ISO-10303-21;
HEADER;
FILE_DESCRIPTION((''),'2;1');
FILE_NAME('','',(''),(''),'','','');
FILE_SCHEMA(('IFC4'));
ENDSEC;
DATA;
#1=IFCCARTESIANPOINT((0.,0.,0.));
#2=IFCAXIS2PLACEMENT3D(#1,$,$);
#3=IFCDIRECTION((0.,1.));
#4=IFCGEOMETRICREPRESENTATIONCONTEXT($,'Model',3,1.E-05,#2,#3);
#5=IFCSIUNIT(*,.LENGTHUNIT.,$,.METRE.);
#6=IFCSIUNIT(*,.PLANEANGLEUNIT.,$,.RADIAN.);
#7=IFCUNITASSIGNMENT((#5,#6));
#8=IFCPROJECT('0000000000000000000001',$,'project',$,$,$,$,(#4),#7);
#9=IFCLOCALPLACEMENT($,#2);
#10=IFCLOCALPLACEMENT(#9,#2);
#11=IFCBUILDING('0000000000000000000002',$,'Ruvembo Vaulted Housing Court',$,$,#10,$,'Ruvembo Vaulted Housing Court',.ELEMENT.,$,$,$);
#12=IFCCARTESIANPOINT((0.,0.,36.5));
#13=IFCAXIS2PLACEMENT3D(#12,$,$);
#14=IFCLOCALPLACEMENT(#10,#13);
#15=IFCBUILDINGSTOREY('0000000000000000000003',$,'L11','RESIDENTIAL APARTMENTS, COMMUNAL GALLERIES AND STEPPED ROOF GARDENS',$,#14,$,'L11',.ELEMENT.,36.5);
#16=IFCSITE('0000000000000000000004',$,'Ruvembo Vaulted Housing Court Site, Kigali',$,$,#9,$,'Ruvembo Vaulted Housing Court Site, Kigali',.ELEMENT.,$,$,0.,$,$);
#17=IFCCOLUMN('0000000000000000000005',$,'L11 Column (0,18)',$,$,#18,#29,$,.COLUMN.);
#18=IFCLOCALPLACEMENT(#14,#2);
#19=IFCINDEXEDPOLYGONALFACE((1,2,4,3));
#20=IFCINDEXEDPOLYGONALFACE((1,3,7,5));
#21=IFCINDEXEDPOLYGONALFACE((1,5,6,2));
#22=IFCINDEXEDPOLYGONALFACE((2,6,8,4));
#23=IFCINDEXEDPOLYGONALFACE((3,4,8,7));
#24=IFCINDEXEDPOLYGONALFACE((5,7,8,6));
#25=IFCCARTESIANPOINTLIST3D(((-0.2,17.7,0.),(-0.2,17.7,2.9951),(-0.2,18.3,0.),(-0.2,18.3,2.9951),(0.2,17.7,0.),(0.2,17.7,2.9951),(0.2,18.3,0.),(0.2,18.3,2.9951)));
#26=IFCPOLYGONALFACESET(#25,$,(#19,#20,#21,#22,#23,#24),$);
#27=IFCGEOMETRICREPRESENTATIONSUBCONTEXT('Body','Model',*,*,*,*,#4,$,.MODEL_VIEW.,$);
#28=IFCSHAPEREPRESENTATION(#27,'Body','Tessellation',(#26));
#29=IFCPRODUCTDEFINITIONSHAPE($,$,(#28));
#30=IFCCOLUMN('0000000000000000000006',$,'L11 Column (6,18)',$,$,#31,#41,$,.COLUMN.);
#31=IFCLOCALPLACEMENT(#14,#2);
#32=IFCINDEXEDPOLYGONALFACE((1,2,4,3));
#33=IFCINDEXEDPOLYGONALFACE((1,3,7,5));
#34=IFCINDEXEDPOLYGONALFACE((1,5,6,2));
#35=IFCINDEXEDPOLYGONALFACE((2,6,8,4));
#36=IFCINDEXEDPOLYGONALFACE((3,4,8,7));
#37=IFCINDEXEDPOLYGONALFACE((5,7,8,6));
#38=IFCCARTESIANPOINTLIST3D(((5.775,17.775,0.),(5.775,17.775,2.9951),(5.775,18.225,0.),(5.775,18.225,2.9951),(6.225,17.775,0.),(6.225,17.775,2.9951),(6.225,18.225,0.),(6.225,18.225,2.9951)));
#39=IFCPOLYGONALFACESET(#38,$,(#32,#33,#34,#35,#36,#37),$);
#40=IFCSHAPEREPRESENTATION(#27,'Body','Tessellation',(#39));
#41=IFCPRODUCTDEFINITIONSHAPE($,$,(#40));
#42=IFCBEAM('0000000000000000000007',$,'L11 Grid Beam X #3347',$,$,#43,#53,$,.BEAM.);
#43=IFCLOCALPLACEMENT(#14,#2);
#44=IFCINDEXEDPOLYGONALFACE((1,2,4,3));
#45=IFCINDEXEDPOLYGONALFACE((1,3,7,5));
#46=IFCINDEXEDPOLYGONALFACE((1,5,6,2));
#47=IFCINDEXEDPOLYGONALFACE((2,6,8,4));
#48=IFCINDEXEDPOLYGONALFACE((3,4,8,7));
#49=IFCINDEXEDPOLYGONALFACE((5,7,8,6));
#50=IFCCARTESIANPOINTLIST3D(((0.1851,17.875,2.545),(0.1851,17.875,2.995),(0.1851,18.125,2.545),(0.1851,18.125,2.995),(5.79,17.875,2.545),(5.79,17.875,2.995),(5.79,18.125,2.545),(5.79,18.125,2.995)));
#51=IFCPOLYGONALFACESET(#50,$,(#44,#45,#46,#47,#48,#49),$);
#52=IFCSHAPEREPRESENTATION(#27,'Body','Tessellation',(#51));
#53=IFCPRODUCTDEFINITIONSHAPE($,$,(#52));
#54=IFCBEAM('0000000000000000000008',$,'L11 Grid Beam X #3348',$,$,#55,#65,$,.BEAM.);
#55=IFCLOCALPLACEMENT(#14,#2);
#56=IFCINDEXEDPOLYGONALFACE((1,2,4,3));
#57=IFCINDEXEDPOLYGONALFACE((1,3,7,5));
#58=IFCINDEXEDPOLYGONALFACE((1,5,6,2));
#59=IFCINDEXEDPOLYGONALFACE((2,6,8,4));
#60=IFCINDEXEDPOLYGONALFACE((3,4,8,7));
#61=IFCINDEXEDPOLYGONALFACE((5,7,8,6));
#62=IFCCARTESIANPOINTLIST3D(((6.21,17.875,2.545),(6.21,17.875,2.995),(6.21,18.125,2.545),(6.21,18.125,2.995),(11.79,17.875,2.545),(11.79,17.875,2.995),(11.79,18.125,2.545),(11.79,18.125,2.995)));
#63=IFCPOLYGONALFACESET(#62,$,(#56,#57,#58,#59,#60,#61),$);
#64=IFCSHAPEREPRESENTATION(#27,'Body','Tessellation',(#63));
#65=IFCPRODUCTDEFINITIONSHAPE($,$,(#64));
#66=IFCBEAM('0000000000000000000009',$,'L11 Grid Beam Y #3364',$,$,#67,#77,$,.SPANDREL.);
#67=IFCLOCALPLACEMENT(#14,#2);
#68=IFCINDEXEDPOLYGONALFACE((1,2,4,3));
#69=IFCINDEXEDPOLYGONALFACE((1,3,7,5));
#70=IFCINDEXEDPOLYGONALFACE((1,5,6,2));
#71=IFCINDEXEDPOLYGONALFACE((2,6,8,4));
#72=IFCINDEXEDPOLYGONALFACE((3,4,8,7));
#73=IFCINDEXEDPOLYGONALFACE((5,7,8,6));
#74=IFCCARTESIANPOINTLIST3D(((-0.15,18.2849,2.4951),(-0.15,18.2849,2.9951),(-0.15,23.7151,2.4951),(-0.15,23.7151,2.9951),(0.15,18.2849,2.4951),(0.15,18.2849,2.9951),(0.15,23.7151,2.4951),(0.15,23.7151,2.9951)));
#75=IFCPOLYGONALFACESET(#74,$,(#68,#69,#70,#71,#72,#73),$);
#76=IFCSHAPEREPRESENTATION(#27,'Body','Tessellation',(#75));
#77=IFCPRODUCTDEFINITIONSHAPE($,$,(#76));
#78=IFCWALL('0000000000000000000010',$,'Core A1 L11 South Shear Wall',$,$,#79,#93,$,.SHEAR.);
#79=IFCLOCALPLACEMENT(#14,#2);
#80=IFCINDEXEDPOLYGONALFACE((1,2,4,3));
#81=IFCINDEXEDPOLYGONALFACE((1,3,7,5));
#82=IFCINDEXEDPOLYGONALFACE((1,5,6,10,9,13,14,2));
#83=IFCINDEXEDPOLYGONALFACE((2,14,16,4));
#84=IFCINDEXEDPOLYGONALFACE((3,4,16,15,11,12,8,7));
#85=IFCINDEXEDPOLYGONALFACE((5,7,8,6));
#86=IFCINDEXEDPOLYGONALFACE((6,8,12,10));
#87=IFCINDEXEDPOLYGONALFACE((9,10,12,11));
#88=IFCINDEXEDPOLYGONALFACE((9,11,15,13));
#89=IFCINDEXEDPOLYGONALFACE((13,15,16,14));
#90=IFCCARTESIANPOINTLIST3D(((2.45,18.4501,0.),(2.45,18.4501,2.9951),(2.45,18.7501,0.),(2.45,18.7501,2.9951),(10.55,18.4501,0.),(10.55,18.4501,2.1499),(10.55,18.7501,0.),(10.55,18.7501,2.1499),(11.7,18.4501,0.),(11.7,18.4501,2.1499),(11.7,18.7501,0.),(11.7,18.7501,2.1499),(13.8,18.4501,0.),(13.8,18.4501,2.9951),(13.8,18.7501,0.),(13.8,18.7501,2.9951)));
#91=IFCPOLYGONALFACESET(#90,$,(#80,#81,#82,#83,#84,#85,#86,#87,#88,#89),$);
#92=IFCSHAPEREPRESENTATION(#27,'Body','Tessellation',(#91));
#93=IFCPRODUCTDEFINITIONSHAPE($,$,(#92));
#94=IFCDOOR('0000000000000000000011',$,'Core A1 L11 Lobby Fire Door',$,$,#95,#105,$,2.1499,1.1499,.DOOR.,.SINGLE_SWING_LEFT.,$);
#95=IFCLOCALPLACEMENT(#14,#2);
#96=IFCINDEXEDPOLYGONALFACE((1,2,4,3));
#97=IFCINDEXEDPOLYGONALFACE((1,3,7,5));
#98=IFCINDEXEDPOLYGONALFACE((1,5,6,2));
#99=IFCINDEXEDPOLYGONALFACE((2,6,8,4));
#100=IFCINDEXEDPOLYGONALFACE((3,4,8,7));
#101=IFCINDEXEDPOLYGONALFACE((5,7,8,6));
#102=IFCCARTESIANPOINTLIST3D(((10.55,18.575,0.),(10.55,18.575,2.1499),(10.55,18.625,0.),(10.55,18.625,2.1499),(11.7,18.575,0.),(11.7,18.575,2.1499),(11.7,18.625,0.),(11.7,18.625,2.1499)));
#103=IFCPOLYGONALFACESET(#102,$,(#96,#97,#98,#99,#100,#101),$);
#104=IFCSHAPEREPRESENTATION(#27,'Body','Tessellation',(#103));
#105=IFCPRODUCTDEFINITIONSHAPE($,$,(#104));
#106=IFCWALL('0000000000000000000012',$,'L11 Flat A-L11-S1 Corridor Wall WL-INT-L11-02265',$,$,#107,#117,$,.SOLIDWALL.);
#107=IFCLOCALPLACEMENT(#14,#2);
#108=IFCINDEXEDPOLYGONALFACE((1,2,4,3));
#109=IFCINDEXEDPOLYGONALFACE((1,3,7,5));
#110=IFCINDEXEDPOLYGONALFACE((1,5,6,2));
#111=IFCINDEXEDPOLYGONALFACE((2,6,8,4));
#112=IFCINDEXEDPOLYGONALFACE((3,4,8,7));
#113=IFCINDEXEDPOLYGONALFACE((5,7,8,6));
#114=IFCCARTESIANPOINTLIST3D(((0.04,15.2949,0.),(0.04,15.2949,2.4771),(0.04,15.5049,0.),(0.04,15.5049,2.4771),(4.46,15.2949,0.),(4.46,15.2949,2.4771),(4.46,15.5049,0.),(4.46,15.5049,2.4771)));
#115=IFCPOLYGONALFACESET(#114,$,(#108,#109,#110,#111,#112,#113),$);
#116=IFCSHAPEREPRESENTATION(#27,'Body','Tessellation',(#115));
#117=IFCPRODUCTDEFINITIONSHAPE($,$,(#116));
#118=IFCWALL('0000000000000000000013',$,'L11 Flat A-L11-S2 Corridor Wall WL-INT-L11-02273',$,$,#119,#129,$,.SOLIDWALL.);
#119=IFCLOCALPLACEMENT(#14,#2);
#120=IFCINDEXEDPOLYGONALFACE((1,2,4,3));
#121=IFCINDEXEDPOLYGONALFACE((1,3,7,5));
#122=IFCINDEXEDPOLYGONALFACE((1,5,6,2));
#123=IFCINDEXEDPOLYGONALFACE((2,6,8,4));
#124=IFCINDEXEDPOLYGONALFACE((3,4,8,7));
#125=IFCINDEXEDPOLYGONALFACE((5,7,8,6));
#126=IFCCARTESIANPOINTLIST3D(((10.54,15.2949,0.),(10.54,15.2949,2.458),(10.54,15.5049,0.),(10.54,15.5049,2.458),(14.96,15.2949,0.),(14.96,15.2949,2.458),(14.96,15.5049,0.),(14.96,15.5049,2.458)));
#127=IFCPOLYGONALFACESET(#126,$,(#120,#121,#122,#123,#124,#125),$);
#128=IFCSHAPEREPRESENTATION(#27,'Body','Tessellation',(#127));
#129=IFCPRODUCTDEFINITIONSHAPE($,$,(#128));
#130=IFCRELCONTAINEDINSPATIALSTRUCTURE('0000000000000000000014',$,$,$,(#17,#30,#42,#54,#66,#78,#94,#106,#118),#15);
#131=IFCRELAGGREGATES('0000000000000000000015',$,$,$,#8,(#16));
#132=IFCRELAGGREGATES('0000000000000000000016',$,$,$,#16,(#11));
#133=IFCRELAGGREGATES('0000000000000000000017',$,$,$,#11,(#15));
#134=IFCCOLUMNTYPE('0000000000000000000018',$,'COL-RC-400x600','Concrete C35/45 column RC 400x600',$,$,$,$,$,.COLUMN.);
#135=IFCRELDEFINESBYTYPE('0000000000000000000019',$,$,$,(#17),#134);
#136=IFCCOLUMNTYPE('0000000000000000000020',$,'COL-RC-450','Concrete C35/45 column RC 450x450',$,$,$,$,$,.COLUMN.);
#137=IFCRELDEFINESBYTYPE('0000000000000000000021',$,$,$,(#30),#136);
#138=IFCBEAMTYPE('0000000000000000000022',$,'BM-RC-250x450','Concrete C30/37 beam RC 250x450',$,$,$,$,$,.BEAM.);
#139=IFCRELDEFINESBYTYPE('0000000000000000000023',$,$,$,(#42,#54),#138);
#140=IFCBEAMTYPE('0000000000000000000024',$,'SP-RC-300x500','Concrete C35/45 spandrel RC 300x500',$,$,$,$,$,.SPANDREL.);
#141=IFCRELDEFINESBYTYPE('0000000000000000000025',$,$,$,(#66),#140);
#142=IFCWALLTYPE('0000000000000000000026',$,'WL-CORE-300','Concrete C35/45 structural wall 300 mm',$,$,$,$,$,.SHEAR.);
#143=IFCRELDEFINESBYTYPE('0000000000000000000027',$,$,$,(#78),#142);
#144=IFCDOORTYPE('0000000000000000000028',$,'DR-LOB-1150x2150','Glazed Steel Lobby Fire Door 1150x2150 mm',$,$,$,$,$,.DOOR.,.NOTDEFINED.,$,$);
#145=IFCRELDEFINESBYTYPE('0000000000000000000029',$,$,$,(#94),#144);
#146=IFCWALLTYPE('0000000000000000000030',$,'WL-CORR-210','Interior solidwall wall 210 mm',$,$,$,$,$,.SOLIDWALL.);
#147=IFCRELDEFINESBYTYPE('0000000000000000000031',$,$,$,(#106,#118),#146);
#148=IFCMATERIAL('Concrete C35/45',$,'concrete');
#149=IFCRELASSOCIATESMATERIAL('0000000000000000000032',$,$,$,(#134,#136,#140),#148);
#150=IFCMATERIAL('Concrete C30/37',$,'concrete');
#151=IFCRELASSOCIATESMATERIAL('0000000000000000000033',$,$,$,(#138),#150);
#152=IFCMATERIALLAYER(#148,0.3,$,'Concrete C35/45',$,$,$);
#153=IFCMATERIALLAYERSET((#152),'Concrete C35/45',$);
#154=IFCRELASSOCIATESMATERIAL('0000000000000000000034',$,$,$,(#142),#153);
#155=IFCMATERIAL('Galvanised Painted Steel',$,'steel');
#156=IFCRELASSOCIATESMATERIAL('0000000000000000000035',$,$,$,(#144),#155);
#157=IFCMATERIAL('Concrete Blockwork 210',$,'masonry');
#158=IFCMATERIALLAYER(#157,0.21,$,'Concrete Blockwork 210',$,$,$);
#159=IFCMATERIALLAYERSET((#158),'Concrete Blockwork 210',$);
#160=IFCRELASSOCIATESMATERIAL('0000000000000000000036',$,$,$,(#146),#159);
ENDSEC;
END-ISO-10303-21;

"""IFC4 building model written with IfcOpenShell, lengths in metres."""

from ifc_helpers import new_model, si_unit, direction, frame, frame_2d, origin, origin_2d, place, context, subcontext, project, spatial, rectangle, extrude, material, layer, layer_set, material_profile, profile_set, type_object, element, fill, save


model = new_model("IFC4")

# Units and contexts
model_context = context("Model", 3, precision=1e-05, world=origin(), true_north=direction((0.0, 1.0)))
body_context = subcontext(model_context, "Body", "Model", "MODEL_VIEW")
ifc_project = project(units=[si_unit("LENGTHUNIT", "METRE"), si_unit("PLANEANGLEUNIT", "RADIAN")], contexts=[model_context])

# Site, building, storey
site_placement = place(None, origin())
site = spatial("IfcSite", under=ifc_project, at=site_placement, Name="Ruvembo Vaulted Housing Court Site, Kigali", LongName="Ruvembo Vaulted Housing Court Site, Kigali", CompositionType="ELEMENT", RefElevation=0.0)
building_placement = place(site_placement, origin())
building = spatial("IfcBuilding", under=site, at=building_placement, Name="Ruvembo Vaulted Housing Court", LongName="Ruvembo Vaulted Housing Court", CompositionType="ELEMENT")
storey_placement = place(building_placement, frame((0.0, 0.0, 36.5)))
storey = spatial("IfcBuildingStorey", under=building, at=storey_placement, Name="L11", Description="RESIDENTIAL APARTMENTS, COMMUNAL GALLERIES AND STEPPED ROOF GARDENS", LongName="L11", CompositionType="ELEMENT", Elevation=36.5)

# Columns
ifc_material_1 = material(Name="Concrete C35/45", Category="concrete")
ifc_material_profile_1 = material_profile(ifc_material_1, rectangle(XDim=0.3999, YDim=0.6001, at=origin_2d()), Name="RC 400x600")
ifc_profile_set_1 = profile_set([ifc_material_profile_1], Name="Concrete C35/45")
column_type_1 = type_object("IfcColumnType", Name="COL-RC-400x600", Description="Concrete C35/45 column RC 400x600", PredefinedType="COLUMN", material=ifc_profile_set_1)
column_1_placement = place(storey_placement, frame((0.0, 18.0, 0.0), z_axis=(0.0, 0.0, 1.0), x_axis=(1.0, 0.0, 0.0)))
element("IfcColumn", 1, at=column_1_placement, inside=storey, type_object=column_type_1, Name="L11 Column (0,18)", PredefinedType="COLUMN", context=body_context, shape_type="SweptSolid", body=[
    extrude(rectangle(XDim=0.3999, YDim=0.6001, at=origin_2d()), origin(), (0.0, 0.0, 1.0), 2.9951),
])
ifc_material_profile_2 = material_profile(ifc_material_1, rectangle(XDim=0.45, YDim=0.45, at=origin_2d()), Name="RC 450x450")
ifc_profile_set_2 = profile_set([ifc_material_profile_2], Name="Concrete C35/45")
column_type_2 = type_object("IfcColumnType", Name="COL-RC-450", Description="Concrete C35/45 column RC 450x450", PredefinedType="COLUMN", material=ifc_profile_set_2)
column_2_placement = place(storey_placement, frame((6.0, 18.0, 0.0), z_axis=(0.0, 0.0, 1.0), x_axis=(1.0, 0.0, 0.0)))
element("IfcColumn", 2, at=column_2_placement, inside=storey, type_object=column_type_2, Name="L11 Column (6,18)", PredefinedType="COLUMN", context=body_context, shape_type="SweptSolid", body=[
    extrude(rectangle(XDim=0.45, YDim=0.45, at=origin_2d()), origin(), (0.0, 0.0, 1.0), 2.9951),
])

# Beams
ifc_material_2 = material(Name="Concrete C30/37", Category="concrete")
ifc_material_profile_3 = material_profile(ifc_material_2, rectangle(XDim=0.25, YDim=0.45, at=origin_2d()), Name="RC 250x450")
ifc_profile_set_3 = profile_set([ifc_material_profile_3], Name="Concrete C30/37")
beam_type_1 = type_object("IfcBeamType", Name="BM-RC-250x450", Description="Concrete C30/37 beam RC 250x450", PredefinedType="BEAM", material=ifc_profile_set_3)
beam_1_placement = place(storey_placement, frame((0.1851, 18.0, 2.77), z_axis=(1.0, 0.0, 0.0), x_axis=(0.0, 1.0, 0.0)))
element("IfcBeam", 3, at=beam_1_placement, inside=storey, type_object=beam_type_1, Name="L11 Grid Beam X #3347", PredefinedType="BEAM", context=body_context, shape_type="SweptSolid", body=[
    extrude(rectangle(XDim=0.25, YDim=0.45, at=origin_2d()), origin(), (0.0, 0.0, 1.0), 5.605),
])
beam_2_placement = place(storey_placement, frame((6.21, 18.0, 2.77), z_axis=(1.0, 0.0, 0.0), x_axis=(0.0, 1.0, 0.0)))
element("IfcBeam", 4, at=beam_2_placement, inside=storey, type_object=beam_type_1, Name="L11 Grid Beam X #3348", PredefinedType="BEAM", context=body_context, shape_type="SweptSolid", body=[
    extrude(rectangle(XDim=0.25, YDim=0.45, at=origin_2d()), origin(), (0.0, 0.0, 1.0), 5.5801),
])
ifc_material_profile_4 = material_profile(ifc_material_1, rectangle(XDim=0.3, YDim=0.5, at=origin_2d()), Name="RC 300x500")
ifc_profile_set_4 = profile_set([ifc_material_profile_4], Name="Concrete C35/45")
beam_type_2 = type_object("IfcBeamType", Name="SP-RC-300x500", Description="Concrete C35/45 spandrel RC 300x500", PredefinedType="SPANDREL", material=ifc_profile_set_4)
beam_3_placement = place(storey_placement, frame((0.0, 18.2849, 2.7451), z_axis=(0.0, 1.0, 0.0), x_axis=(-1.0, 0.0, 0.0)))
element("IfcBeam", 5, at=beam_3_placement, inside=storey, type_object=beam_type_2, Name="L11 Grid Beam Y #3364", PredefinedType="SPANDREL", context=body_context, shape_type="SweptSolid", body=[
    extrude(rectangle(XDim=0.3, YDim=0.5, at=origin_2d()), origin(), (0.0, 0.0, 1.0), 5.4302),
])

# Wall, opening, door
ifc_layer_1 = layer(ifc_material_1, 0.3, Name="Concrete C35/45")
ifc_layer_set_1 = layer_set([ifc_layer_1], Name="Concrete C35/45")
wall_type_1 = type_object("IfcWallType", Name="WL-CORE-300", Description="Concrete C35/45 structural wall 300 mm", PredefinedType="SHEAR", material=ifc_layer_set_1)
wall_1_placement = place(storey_placement, frame((2.45, 18.6001, 0.0), z_axis=(0.0, 0.0, 1.0), x_axis=(1.0, 0.0, 0.0)))
wall_1 = element("IfcWall", 6, at=wall_1_placement, inside=storey, type_object=wall_type_1, Name="Core A1 L11 South Shear Wall", PredefinedType="SHEAR", context=body_context, shape_type="SweptSolid", body=[
    extrude(rectangle(XDim=11.3501, YDim=0.3, at=frame_2d((5.675, 0.0))), origin(), (0.0, 0.0, 1.0), 2.9951),
])
opening_1_placement = place(wall_1_placement, frame((8.1001, 0.0, 0.0)))
opening_1 = element("IfcOpeningElement", 7, at=opening_1_placement, cuts=wall_1, PredefinedType="OPENING", context=body_context, shape_type="SweptSolid", body=[
    extrude(rectangle(XDim=1.1499, YDim=2.1499, at=frame_2d((0.575, 1.075))), frame((0.0, 0.1599, 0.0), z_axis=(0.0, -1.0, 0.0), x_axis=(1.0, 0.0, 0.0)), (0.0, 0.0, 1.0), 0.3201),
])
ifc_material_3 = material(Name="Galvanised Painted Steel", Category="steel")
door_type_1 = type_object("IfcDoorType", Name="DR-LOB-1150x2150", Description="Glazed Steel Lobby Fire Door 1150x2150 mm", OperationType="NOTDEFINED", PredefinedType="DOOR", material=ifc_material_3)
door_1_placement = place(opening_1_placement, origin())
door_1 = element("IfcDoor", 8, at=door_1_placement, inside=storey, type_object=door_type_1, Name="Core A1 L11 Lobby Fire Door", OperationType="SINGLE_SWING_LEFT", OverallHeight=2.1499, OverallWidth=1.1499, PredefinedType="DOOR", context=body_context, shape_type="SweptSolid", body=[
    extrude(rectangle(XDim=1.1499, YDim=2.1499, at=frame_2d((0.575, 1.075))), frame((0.0, 0.0249, 0.0), z_axis=(0.0, -1.0, 0.0), x_axis=(1.0, 0.0, 0.0)), (0.0, 0.0, 1.0), 0.05),
])
fill(opening_1, door_1)

# Wall
ifc_material_4 = material(Name="Concrete Blockwork 210", Category="masonry")
ifc_layer_2 = layer(ifc_material_4, 0.21, Name="Concrete Blockwork 210")
ifc_layer_set_2 = layer_set([ifc_layer_2], Name="Concrete Blockwork 210")
wall_type_2 = type_object("IfcWallType", Name="WL-CORR-210", Description="Interior solidwall wall 210 mm", PredefinedType="SOLIDWALL", material=ifc_layer_set_2)
wall_2_placement = place(storey_placement, frame((0.04, 15.3999, 0.0), z_axis=(0.0, 0.0, 1.0), x_axis=(1.0, 0.0, 0.0)))
element("IfcWall", 9, at=wall_2_placement, inside=storey, type_object=wall_type_2, Name="L11 Flat A-L11-S1 Corridor Wall WL-INT-L11-02265", PredefinedType="SOLIDWALL", context=body_context, shape_type="SweptSolid", body=[
    extrude(rectangle(XDim=4.4199, YDim=0.21, at=frame_2d((2.21, 0.0))), origin(), (0.0, 0.0, 1.0), 2.4771),
])

# Wall
wall_3_placement = place(storey_placement, frame((10.54, 15.3999, 0.0), z_axis=(0.0, 0.0, 1.0), x_axis=(1.0, 0.0, 0.0)))
element("IfcWall", 10, at=wall_3_placement, inside=storey, type_object=wall_type_2, Name="L11 Flat A-L11-S2 Corridor Wall WL-INT-L11-02273", PredefinedType="SOLIDWALL", context=body_context, shape_type="SweptSolid", body=[
    extrude(rectangle(XDim=4.4199, YDim=0.21, at=frame_2d((2.21, 0.0))), origin(), (0.0, 0.0, 1.0), 2.458),
])

save(model, "model.ifc")
